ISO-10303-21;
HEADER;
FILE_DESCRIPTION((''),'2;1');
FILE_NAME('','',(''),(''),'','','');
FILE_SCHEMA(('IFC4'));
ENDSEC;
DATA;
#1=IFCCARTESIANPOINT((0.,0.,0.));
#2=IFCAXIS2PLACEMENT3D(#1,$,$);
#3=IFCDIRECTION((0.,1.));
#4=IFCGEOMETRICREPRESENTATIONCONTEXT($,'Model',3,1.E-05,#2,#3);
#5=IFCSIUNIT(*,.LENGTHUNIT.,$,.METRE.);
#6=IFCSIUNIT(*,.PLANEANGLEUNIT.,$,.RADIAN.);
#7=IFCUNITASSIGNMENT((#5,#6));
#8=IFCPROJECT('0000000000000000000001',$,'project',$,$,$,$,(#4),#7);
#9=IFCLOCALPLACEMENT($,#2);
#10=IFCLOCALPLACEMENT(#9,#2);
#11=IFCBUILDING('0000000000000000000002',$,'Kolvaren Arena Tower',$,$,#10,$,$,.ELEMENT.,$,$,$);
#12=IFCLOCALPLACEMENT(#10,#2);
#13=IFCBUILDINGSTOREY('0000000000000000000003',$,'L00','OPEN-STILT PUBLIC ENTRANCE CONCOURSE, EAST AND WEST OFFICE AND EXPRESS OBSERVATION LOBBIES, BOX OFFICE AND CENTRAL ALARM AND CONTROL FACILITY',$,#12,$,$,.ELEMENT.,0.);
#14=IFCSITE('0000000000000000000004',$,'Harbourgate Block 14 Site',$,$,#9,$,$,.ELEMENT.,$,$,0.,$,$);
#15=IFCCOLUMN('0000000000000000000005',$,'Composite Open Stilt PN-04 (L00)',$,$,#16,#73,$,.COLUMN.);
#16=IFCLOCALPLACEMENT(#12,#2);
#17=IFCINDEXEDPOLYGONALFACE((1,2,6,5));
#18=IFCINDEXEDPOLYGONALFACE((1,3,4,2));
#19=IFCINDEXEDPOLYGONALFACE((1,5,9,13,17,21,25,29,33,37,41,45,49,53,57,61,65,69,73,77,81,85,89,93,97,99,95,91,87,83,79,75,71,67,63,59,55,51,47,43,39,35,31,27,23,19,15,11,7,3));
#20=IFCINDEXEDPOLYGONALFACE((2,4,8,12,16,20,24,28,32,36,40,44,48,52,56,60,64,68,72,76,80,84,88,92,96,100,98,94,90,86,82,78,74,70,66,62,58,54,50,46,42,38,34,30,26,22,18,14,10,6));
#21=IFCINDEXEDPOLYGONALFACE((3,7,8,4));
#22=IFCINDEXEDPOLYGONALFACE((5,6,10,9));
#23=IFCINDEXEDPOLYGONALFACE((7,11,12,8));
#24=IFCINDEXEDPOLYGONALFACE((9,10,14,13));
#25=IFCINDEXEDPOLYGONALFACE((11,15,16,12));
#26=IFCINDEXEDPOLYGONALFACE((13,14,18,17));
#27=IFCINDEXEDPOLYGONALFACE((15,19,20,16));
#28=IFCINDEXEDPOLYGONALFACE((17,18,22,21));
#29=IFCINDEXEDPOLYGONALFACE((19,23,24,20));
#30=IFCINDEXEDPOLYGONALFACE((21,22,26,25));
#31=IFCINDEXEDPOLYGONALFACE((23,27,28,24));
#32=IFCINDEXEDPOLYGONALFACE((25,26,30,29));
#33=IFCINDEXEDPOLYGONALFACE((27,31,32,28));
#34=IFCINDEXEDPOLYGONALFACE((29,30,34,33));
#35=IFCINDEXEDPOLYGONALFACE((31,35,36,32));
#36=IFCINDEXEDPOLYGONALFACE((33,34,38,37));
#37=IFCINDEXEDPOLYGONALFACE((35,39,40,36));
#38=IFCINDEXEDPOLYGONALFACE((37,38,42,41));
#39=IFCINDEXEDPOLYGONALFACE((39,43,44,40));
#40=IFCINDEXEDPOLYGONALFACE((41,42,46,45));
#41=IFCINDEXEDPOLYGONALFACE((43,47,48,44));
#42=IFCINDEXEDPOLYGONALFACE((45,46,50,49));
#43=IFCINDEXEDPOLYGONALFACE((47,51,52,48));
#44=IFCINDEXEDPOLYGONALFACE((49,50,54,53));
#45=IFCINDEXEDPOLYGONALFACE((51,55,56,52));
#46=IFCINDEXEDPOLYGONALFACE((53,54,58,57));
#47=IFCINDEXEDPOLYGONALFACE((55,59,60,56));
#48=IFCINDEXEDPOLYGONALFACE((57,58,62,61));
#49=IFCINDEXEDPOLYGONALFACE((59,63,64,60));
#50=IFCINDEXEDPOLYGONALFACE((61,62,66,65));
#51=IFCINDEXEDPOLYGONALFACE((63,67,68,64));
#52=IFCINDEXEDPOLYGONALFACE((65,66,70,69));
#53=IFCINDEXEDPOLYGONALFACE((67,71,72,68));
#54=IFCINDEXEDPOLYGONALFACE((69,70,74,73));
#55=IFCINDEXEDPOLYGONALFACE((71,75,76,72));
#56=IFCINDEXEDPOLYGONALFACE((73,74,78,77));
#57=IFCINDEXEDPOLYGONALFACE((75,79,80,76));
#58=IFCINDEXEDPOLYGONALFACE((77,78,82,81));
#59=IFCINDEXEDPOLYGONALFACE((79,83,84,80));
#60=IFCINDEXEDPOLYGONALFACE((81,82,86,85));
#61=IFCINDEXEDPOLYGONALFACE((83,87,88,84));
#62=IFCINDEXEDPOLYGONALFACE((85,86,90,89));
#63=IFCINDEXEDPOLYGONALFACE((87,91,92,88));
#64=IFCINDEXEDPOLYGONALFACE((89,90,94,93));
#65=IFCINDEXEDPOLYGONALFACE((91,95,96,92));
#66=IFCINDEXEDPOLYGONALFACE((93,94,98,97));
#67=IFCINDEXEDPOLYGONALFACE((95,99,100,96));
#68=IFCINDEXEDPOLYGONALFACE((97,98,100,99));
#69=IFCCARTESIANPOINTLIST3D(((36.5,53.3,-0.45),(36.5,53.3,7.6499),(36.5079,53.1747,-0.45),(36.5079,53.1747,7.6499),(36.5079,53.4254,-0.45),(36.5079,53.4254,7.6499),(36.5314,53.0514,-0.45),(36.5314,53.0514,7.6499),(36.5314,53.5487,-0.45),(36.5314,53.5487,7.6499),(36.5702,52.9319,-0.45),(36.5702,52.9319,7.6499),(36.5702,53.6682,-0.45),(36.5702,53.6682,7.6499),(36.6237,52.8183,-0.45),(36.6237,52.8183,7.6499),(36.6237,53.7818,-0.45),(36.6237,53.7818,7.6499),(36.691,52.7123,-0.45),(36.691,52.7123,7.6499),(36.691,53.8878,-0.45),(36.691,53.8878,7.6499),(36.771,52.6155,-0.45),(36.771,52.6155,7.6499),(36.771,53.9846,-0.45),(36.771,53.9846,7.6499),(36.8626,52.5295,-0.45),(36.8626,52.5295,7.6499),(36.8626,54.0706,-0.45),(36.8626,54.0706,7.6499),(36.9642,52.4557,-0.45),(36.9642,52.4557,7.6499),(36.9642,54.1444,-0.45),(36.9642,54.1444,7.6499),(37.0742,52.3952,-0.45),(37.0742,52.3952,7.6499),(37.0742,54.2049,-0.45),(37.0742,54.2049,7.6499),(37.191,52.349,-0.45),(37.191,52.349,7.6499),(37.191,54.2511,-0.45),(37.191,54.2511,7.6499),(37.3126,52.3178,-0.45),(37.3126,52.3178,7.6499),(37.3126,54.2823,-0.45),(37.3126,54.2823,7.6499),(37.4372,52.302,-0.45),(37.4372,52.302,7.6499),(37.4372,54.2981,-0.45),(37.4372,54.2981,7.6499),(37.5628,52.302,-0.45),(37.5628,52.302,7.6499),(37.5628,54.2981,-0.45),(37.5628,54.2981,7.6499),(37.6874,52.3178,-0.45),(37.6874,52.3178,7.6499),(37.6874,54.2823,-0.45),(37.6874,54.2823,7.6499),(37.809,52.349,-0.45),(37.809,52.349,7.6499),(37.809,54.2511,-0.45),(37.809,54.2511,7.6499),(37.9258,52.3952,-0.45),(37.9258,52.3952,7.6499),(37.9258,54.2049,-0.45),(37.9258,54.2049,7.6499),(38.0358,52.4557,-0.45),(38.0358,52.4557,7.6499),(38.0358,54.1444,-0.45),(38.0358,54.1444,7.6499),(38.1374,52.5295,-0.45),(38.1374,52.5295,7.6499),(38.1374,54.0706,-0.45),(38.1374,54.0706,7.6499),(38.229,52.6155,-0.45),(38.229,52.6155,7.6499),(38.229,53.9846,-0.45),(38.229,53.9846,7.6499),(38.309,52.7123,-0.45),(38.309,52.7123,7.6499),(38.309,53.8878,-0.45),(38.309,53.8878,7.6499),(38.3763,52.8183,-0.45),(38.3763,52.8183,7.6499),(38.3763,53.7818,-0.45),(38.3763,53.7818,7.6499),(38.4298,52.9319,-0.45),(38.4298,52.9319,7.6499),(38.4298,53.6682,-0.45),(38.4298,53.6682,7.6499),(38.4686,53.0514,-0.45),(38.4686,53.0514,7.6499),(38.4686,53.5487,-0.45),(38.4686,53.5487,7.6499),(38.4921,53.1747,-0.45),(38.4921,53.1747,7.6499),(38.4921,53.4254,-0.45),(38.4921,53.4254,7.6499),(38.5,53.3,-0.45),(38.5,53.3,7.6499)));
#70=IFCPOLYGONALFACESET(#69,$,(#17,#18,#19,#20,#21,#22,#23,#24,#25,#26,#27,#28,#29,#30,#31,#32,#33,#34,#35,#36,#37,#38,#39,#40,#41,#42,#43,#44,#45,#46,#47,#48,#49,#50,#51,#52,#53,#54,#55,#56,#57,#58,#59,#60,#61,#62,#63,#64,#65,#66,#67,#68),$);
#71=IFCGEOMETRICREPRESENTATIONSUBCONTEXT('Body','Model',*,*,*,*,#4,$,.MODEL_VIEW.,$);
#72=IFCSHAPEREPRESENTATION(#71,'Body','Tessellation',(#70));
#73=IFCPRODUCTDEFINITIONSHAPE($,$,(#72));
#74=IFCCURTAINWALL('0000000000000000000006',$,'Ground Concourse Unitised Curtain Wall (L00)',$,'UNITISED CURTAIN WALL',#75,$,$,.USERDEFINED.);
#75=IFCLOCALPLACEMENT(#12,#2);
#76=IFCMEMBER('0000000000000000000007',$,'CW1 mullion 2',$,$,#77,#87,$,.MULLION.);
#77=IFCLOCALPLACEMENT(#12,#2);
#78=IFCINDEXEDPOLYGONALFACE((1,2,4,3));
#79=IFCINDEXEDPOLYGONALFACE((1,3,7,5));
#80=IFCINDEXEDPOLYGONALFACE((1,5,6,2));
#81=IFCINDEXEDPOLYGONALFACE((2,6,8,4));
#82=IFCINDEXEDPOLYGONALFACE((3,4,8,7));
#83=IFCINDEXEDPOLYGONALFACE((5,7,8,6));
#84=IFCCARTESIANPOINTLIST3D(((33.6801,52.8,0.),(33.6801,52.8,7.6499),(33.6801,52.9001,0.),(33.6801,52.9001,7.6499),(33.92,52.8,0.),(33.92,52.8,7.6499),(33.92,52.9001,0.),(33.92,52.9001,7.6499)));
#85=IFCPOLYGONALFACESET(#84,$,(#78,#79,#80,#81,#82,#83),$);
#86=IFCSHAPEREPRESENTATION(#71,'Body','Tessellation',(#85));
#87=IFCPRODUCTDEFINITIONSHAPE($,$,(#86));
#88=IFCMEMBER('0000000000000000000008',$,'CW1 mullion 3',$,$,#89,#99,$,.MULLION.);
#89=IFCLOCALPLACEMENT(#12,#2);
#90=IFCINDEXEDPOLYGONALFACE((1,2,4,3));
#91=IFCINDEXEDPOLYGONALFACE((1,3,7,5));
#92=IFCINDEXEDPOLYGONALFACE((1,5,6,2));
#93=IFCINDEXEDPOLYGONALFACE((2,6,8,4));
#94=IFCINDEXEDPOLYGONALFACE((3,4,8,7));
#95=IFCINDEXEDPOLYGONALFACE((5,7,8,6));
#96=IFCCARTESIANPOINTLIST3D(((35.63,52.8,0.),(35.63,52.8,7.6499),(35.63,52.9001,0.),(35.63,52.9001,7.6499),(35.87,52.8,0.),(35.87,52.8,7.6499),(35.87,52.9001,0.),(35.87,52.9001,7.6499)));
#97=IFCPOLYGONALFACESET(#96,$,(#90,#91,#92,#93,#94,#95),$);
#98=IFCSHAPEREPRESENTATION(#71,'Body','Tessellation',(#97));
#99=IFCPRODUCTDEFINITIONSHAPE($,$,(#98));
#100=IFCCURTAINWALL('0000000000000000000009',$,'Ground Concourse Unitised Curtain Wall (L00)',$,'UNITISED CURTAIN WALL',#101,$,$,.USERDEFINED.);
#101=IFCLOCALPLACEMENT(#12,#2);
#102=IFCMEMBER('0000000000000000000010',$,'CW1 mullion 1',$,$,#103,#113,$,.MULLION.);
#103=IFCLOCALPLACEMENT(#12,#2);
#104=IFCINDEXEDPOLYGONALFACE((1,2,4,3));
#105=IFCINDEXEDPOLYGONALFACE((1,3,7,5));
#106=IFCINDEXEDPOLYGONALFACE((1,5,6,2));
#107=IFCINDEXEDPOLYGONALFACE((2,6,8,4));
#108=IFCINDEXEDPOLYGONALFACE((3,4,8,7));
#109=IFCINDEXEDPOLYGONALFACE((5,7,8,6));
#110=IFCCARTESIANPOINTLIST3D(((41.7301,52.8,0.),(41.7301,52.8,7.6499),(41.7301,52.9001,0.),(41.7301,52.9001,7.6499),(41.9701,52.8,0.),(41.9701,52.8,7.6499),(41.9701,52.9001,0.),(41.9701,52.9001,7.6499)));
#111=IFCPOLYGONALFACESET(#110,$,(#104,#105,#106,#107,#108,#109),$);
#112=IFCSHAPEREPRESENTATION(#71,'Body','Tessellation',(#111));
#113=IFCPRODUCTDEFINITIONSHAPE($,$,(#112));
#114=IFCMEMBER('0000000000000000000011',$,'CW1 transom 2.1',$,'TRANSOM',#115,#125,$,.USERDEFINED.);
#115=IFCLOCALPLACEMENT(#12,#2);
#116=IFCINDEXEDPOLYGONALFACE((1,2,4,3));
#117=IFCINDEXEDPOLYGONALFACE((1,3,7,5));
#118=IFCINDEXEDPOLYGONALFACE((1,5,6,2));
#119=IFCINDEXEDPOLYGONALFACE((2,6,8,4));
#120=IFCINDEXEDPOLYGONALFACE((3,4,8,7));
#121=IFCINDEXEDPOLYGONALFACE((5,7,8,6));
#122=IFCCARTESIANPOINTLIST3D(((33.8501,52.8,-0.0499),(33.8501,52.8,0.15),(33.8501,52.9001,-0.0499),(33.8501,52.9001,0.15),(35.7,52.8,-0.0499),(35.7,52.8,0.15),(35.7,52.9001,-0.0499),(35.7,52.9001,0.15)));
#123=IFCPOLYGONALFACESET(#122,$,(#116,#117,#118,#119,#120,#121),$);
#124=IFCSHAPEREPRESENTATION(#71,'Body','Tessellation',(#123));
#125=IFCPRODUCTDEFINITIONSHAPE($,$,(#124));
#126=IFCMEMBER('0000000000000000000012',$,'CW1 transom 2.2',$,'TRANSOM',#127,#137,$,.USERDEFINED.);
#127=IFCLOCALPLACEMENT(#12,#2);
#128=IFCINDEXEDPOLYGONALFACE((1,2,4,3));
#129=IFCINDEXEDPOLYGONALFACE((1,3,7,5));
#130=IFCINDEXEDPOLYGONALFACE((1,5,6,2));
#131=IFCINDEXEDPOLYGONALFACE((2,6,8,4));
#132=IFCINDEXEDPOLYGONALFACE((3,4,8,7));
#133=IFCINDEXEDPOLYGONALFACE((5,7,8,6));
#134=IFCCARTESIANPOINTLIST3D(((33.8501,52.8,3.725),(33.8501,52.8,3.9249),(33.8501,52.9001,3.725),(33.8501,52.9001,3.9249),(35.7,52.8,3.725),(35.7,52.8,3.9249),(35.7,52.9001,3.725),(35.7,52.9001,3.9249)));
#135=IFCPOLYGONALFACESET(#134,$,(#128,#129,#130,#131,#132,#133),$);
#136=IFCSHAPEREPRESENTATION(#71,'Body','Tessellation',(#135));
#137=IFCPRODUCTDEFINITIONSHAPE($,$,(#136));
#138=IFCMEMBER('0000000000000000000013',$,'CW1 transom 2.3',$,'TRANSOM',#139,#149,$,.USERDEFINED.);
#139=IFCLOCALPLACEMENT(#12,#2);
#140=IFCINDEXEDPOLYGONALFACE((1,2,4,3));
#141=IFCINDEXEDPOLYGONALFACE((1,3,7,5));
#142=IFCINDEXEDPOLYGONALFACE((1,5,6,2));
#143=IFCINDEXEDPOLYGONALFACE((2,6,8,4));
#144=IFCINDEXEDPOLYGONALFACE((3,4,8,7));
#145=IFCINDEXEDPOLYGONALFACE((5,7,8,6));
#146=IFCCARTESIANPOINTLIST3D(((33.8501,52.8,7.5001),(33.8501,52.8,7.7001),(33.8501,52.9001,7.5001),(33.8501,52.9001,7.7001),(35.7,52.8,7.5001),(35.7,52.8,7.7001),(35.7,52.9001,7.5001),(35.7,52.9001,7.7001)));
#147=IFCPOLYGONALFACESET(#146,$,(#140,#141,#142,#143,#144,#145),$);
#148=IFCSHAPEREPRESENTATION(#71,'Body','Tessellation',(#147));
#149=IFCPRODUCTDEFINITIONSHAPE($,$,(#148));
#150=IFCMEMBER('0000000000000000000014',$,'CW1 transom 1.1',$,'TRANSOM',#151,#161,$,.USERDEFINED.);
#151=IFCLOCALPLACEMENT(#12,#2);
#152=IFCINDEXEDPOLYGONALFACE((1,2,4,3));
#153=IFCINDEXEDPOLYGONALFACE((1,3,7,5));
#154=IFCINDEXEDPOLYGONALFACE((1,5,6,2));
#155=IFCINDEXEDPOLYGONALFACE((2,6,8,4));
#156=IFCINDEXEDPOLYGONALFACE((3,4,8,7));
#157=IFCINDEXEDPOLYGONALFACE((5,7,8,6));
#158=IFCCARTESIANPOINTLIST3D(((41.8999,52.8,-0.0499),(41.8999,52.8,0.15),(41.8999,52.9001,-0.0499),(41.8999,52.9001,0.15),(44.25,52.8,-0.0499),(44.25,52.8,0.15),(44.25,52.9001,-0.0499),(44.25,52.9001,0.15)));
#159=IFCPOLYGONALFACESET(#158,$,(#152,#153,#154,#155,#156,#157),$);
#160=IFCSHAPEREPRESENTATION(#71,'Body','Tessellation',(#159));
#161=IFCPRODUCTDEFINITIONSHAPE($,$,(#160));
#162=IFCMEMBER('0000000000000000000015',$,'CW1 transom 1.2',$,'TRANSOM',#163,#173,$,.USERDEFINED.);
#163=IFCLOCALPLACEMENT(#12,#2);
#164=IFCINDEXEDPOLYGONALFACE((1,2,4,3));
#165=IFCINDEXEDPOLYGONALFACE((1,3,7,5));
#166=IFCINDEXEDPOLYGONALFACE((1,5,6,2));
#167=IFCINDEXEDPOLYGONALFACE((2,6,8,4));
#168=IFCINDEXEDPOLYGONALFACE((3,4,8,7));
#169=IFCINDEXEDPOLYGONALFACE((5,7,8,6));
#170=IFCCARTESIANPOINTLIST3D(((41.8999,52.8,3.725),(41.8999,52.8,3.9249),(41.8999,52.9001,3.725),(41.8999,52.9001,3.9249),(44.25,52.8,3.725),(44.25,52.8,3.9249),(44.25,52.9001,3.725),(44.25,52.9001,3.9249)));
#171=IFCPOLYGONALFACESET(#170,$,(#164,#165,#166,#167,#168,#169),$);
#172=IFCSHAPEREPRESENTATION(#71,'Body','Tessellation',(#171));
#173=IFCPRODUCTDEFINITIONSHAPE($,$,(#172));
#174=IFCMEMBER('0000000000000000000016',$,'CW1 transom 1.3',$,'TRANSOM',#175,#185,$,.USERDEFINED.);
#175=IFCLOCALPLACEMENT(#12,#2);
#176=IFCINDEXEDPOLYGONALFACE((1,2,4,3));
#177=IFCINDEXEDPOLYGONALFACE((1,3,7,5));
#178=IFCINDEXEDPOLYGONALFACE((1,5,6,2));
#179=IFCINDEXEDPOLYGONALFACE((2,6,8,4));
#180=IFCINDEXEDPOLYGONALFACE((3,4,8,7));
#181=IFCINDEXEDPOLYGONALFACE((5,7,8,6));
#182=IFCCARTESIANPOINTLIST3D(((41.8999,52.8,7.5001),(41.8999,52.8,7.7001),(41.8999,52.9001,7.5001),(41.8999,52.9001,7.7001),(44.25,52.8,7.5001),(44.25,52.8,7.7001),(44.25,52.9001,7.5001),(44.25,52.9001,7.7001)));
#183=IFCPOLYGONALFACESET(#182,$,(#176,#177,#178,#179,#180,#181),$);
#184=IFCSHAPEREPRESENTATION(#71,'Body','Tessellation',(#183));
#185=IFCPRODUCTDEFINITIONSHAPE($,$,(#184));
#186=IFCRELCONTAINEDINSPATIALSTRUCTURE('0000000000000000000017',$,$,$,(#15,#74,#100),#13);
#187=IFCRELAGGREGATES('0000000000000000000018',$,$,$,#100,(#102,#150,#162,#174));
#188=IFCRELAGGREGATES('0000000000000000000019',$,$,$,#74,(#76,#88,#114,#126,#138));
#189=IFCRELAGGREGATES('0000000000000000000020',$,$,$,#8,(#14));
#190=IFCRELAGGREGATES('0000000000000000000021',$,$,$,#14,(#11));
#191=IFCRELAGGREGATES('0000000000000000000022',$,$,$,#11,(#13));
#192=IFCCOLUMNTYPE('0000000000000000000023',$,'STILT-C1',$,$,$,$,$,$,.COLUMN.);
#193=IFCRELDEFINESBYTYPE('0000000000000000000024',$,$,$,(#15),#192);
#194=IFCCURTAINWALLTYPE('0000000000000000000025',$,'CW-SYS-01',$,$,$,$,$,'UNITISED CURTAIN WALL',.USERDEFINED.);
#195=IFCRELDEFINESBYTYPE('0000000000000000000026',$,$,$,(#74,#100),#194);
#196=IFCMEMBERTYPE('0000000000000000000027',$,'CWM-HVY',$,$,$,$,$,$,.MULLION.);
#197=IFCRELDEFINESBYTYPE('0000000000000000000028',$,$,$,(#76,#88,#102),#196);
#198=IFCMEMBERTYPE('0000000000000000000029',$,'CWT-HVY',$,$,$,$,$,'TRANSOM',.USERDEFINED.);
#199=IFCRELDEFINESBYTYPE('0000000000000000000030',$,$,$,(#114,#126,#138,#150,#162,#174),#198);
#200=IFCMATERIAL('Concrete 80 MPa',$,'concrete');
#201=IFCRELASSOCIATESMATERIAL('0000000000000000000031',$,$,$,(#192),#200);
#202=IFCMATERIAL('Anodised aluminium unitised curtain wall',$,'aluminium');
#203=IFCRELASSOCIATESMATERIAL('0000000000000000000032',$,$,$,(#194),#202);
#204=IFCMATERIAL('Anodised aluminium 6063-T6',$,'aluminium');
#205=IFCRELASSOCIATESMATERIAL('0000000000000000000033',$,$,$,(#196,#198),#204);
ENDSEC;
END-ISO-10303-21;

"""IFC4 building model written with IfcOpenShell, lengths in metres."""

from ifc_helpers import new_model, si_unit, direction, frame, origin, origin_2d, place, context, subcontext, project, spatial, rectangle, circle, extrude, material, material_profile, profile_set, type_object, element, aggregate, save


model = new_model("IFC4")

# Units and contexts
model_context = context("Model", 3, precision=1e-05, world=origin(), true_north=direction((0.0, 1.0)))
body_context = subcontext(model_context, "Body", "Model", "MODEL_VIEW")
ifc_project = project(units=[si_unit("LENGTHUNIT", "METRE"), si_unit("PLANEANGLEUNIT", "RADIAN")], contexts=[model_context])

# Site, building, storey
site_placement = place(None, origin())
site = spatial("IfcSite", under=ifc_project, at=site_placement, Name="Harbourgate Block 14 Site", CompositionType="ELEMENT", RefElevation=0.0)
building_placement = place(site_placement, origin())
building = spatial("IfcBuilding", under=site, at=building_placement, Name="Kolvaren Arena Tower", CompositionType="ELEMENT")
storey_placement = place(building_placement, origin())
storey = spatial("IfcBuildingStorey", under=building, at=storey_placement, Name="L00", Description="OPEN-STILT PUBLIC ENTRANCE CONCOURSE, EAST AND WEST OFFICE AND EXPRESS OBSERVATION LOBBIES, BOX OFFICE AND CENTRAL ALARM AND CONTROL FACILITY", CompositionType="ELEMENT", Elevation=0.0)

# Column
ifc_material_1 = material(Name="Concrete 80 MPa", Category="concrete")
ifc_material_profile_1 = material_profile(ifc_material_1, circle(Radius=1.0, at=origin_2d()), Name="RC-CIRC-2000")
ifc_profile_set_1 = profile_set([ifc_material_profile_1], Name="Concrete 80 MPa")
column_type = type_object("IfcColumnType", Name="STILT-C1", PredefinedType="COLUMN", material=ifc_profile_set_1)
column_placement = place(storey_placement, frame((37.5, 53.3, -0.45), z_axis=(0.0, 0.0, 1.0), x_axis=(1.0, 0.0, 0.0)))
element("IfcColumn", 1, at=column_placement, inside=storey, type_object=column_type, Name="Composite Open Stilt PN-04 (L00)", PredefinedType="COLUMN", context=body_context, shape_type="SweptSolid", body=[
    extrude(circle(Radius=1.0, at=origin_2d()), origin(), (0.0, 0.0, 1.0), 8.0999),
])

# Curtain wall, members
ifc_material_2 = material(Name="Anodised aluminium unitised curtain wall", Category="aluminium")
curtain_wall_type = type_object("IfcCurtainWallType", Name="CW-SYS-01", ElementType="UNITISED CURTAIN WALL", PredefinedType="USERDEFINED", material=ifc_material_2)
curtain_wall_1_placement = place(storey_placement, origin())
curtain_wall_1 = element("IfcCurtainWall", 2, at=curtain_wall_1_placement, inside=storey, type_object=curtain_wall_type, Name="Ground Concourse Unitised Curtain Wall (L00)", ObjectType="UNITISED CURTAIN WALL", PredefinedType="USERDEFINED")
ifc_material_3 = material(Name="Anodised aluminium 6063-T6", Category="aluminium")
ifc_material_profile_2 = material_profile(ifc_material_3, rectangle(XDim=0.1001, YDim=0.24, at=origin_2d()), Name="ALU-100x240")
ifc_profile_set_2 = profile_set([ifc_material_profile_2], Name="Anodised aluminium 6063-T6")
member_type_1 = type_object("IfcMemberType", Name="CWM-HVY", PredefinedType="MULLION", material=ifc_profile_set_2)
member_1_placement = place(storey_placement, frame((33.8, 52.8501, 0.0), z_axis=(0.0, 0.0, 1.0), x_axis=(0.0, 1.0, 0.0)))
member_1 = element("IfcMember", 3, at=member_1_placement, type_object=member_type_1, Name="CW1 mullion 2", PredefinedType="MULLION", context=body_context, shape_type="SweptSolid", body=[
    extrude(rectangle(XDim=0.1001, YDim=0.24, at=origin_2d()), origin(), (0.0, 0.0, 1.0), 7.6499),
])
member_2_placement = place(storey_placement, frame((35.75, 52.8501, 0.0), z_axis=(0.0, 0.0, 1.0), x_axis=(0.0, 1.0, 0.0)))
member_2 = element("IfcMember", 4, at=member_2_placement, type_object=member_type_1, Name="CW1 mullion 3", PredefinedType="MULLION", context=body_context, shape_type="SweptSolid", body=[
    extrude(rectangle(XDim=0.1001, YDim=0.24, at=origin_2d()), origin(), (0.0, 0.0, 1.0), 7.6499),
])

# Curtain wall, member
curtain_wall_2_placement = place(storey_placement, origin())
curtain_wall_2 = element("IfcCurtainWall", 5, at=curtain_wall_2_placement, inside=storey, type_object=curtain_wall_type, Name="Ground Concourse Unitised Curtain Wall (L00)", ObjectType="UNITISED CURTAIN WALL", PredefinedType="USERDEFINED")
member_3_placement = place(storey_placement, frame((41.8501, 52.8501, 0.0), z_axis=(0.0, 0.0, 1.0), x_axis=(0.0, 1.0, 0.0)))
member_3 = element("IfcMember", 6, at=member_3_placement, type_object=member_type_1, Name="CW1 mullion 1", PredefinedType="MULLION", context=body_context, shape_type="SweptSolid", body=[
    extrude(rectangle(XDim=0.1001, YDim=0.24, at=origin_2d()), origin(), (0.0, 0.0, 1.0), 7.6499),
])

# Members
ifc_material_profile_3 = material_profile(ifc_material_3, rectangle(XDim=0.1001, YDim=0.2, at=origin_2d()), Name="ALU-100x200")
ifc_profile_set_3 = profile_set([ifc_material_profile_3], Name="Anodised aluminium 6063-T6")
member_type_2 = type_object("IfcMemberType", Name="CWT-HVY", ElementType="TRANSOM", PredefinedType="USERDEFINED", material=ifc_profile_set_3)
member_4_placement = place(storey_placement, frame((33.8501, 52.8501, 0.05), z_axis=(1.0, 0.0, 0.0), x_axis=(0.0, 1.0, 0.0)))
member_4 = element("IfcMember", 7, at=member_4_placement, type_object=member_type_2, Name="CW1 transom 2.1", ObjectType="TRANSOM", PredefinedType="USERDEFINED", context=body_context, shape_type="SweptSolid", body=[
    extrude(rectangle(XDim=0.1001, YDim=0.2, at=origin_2d()), origin(), (0.0, 0.0, 1.0), 1.8499),
])
member_5_placement = place(storey_placement, frame((33.8501, 52.8501, 3.825), z_axis=(1.0, 0.0, 0.0), x_axis=(0.0, 1.0, 0.0)))
member_5 = element("IfcMember", 8, at=member_5_placement, type_object=member_type_2, Name="CW1 transom 2.2", ObjectType="TRANSOM", PredefinedType="USERDEFINED", context=body_context, shape_type="SweptSolid", body=[
    extrude(rectangle(XDim=0.1001, YDim=0.2, at=origin_2d()), origin(), (0.0, 0.0, 1.0), 1.8499),
])
member_6_placement = place(storey_placement, frame((33.8501, 52.8501, 7.6001), z_axis=(1.0, 0.0, 0.0), x_axis=(0.0, 1.0, 0.0)))
member_6 = element("IfcMember", 9, at=member_6_placement, type_object=member_type_2, Name="CW1 transom 2.3", ObjectType="TRANSOM", PredefinedType="USERDEFINED", context=body_context, shape_type="SweptSolid", body=[
    extrude(rectangle(XDim=0.1001, YDim=0.2, at=origin_2d()), origin(), (0.0, 0.0, 1.0), 1.8499),
])
member_7_placement = place(storey_placement, frame((41.8999, 52.8501, 0.05), z_axis=(1.0, 0.0, 0.0), x_axis=(0.0, 1.0, 0.0)))
member_7 = element("IfcMember", 10, at=member_7_placement, type_object=member_type_2, Name="CW1 transom 1.1", ObjectType="TRANSOM", PredefinedType="USERDEFINED", context=body_context, shape_type="SweptSolid", body=[
    extrude(rectangle(XDim=0.1001, YDim=0.2, at=origin_2d()), origin(), (0.0, 0.0, 1.0), 2.3501),
])
member_8_placement = place(storey_placement, frame((41.8999, 52.8501, 3.825), z_axis=(1.0, 0.0, 0.0), x_axis=(0.0, 1.0, 0.0)))
member_8 = element("IfcMember", 11, at=member_8_placement, type_object=member_type_2, Name="CW1 transom 1.2", ObjectType="TRANSOM", PredefinedType="USERDEFINED", context=body_context, shape_type="SweptSolid", body=[
    extrude(rectangle(XDim=0.1001, YDim=0.2, at=origin_2d()), origin(), (0.0, 0.0, 1.0), 2.3501),
])
member_9_placement = place(storey_placement, frame((41.8999, 52.8501, 7.6001), z_axis=(1.0, 0.0, 0.0), x_axis=(0.0, 1.0, 0.0)))
member_9 = element("IfcMember", 12, at=member_9_placement, type_object=member_type_2, Name="CW1 transom 1.3", ObjectType="TRANSOM", PredefinedType="USERDEFINED", context=body_context, shape_type="SweptSolid", body=[
    extrude(rectangle(XDim=0.1001, YDim=0.2, at=origin_2d()), origin(), (0.0, 0.0, 1.0), 2.3501),
])
aggregate(curtain_wall_2, [member_3, member_7, member_8, member_9])

aggregate(curtain_wall_1, [member_1, member_2, member_4, member_5, member_6])

save(model, "model.ifc")
